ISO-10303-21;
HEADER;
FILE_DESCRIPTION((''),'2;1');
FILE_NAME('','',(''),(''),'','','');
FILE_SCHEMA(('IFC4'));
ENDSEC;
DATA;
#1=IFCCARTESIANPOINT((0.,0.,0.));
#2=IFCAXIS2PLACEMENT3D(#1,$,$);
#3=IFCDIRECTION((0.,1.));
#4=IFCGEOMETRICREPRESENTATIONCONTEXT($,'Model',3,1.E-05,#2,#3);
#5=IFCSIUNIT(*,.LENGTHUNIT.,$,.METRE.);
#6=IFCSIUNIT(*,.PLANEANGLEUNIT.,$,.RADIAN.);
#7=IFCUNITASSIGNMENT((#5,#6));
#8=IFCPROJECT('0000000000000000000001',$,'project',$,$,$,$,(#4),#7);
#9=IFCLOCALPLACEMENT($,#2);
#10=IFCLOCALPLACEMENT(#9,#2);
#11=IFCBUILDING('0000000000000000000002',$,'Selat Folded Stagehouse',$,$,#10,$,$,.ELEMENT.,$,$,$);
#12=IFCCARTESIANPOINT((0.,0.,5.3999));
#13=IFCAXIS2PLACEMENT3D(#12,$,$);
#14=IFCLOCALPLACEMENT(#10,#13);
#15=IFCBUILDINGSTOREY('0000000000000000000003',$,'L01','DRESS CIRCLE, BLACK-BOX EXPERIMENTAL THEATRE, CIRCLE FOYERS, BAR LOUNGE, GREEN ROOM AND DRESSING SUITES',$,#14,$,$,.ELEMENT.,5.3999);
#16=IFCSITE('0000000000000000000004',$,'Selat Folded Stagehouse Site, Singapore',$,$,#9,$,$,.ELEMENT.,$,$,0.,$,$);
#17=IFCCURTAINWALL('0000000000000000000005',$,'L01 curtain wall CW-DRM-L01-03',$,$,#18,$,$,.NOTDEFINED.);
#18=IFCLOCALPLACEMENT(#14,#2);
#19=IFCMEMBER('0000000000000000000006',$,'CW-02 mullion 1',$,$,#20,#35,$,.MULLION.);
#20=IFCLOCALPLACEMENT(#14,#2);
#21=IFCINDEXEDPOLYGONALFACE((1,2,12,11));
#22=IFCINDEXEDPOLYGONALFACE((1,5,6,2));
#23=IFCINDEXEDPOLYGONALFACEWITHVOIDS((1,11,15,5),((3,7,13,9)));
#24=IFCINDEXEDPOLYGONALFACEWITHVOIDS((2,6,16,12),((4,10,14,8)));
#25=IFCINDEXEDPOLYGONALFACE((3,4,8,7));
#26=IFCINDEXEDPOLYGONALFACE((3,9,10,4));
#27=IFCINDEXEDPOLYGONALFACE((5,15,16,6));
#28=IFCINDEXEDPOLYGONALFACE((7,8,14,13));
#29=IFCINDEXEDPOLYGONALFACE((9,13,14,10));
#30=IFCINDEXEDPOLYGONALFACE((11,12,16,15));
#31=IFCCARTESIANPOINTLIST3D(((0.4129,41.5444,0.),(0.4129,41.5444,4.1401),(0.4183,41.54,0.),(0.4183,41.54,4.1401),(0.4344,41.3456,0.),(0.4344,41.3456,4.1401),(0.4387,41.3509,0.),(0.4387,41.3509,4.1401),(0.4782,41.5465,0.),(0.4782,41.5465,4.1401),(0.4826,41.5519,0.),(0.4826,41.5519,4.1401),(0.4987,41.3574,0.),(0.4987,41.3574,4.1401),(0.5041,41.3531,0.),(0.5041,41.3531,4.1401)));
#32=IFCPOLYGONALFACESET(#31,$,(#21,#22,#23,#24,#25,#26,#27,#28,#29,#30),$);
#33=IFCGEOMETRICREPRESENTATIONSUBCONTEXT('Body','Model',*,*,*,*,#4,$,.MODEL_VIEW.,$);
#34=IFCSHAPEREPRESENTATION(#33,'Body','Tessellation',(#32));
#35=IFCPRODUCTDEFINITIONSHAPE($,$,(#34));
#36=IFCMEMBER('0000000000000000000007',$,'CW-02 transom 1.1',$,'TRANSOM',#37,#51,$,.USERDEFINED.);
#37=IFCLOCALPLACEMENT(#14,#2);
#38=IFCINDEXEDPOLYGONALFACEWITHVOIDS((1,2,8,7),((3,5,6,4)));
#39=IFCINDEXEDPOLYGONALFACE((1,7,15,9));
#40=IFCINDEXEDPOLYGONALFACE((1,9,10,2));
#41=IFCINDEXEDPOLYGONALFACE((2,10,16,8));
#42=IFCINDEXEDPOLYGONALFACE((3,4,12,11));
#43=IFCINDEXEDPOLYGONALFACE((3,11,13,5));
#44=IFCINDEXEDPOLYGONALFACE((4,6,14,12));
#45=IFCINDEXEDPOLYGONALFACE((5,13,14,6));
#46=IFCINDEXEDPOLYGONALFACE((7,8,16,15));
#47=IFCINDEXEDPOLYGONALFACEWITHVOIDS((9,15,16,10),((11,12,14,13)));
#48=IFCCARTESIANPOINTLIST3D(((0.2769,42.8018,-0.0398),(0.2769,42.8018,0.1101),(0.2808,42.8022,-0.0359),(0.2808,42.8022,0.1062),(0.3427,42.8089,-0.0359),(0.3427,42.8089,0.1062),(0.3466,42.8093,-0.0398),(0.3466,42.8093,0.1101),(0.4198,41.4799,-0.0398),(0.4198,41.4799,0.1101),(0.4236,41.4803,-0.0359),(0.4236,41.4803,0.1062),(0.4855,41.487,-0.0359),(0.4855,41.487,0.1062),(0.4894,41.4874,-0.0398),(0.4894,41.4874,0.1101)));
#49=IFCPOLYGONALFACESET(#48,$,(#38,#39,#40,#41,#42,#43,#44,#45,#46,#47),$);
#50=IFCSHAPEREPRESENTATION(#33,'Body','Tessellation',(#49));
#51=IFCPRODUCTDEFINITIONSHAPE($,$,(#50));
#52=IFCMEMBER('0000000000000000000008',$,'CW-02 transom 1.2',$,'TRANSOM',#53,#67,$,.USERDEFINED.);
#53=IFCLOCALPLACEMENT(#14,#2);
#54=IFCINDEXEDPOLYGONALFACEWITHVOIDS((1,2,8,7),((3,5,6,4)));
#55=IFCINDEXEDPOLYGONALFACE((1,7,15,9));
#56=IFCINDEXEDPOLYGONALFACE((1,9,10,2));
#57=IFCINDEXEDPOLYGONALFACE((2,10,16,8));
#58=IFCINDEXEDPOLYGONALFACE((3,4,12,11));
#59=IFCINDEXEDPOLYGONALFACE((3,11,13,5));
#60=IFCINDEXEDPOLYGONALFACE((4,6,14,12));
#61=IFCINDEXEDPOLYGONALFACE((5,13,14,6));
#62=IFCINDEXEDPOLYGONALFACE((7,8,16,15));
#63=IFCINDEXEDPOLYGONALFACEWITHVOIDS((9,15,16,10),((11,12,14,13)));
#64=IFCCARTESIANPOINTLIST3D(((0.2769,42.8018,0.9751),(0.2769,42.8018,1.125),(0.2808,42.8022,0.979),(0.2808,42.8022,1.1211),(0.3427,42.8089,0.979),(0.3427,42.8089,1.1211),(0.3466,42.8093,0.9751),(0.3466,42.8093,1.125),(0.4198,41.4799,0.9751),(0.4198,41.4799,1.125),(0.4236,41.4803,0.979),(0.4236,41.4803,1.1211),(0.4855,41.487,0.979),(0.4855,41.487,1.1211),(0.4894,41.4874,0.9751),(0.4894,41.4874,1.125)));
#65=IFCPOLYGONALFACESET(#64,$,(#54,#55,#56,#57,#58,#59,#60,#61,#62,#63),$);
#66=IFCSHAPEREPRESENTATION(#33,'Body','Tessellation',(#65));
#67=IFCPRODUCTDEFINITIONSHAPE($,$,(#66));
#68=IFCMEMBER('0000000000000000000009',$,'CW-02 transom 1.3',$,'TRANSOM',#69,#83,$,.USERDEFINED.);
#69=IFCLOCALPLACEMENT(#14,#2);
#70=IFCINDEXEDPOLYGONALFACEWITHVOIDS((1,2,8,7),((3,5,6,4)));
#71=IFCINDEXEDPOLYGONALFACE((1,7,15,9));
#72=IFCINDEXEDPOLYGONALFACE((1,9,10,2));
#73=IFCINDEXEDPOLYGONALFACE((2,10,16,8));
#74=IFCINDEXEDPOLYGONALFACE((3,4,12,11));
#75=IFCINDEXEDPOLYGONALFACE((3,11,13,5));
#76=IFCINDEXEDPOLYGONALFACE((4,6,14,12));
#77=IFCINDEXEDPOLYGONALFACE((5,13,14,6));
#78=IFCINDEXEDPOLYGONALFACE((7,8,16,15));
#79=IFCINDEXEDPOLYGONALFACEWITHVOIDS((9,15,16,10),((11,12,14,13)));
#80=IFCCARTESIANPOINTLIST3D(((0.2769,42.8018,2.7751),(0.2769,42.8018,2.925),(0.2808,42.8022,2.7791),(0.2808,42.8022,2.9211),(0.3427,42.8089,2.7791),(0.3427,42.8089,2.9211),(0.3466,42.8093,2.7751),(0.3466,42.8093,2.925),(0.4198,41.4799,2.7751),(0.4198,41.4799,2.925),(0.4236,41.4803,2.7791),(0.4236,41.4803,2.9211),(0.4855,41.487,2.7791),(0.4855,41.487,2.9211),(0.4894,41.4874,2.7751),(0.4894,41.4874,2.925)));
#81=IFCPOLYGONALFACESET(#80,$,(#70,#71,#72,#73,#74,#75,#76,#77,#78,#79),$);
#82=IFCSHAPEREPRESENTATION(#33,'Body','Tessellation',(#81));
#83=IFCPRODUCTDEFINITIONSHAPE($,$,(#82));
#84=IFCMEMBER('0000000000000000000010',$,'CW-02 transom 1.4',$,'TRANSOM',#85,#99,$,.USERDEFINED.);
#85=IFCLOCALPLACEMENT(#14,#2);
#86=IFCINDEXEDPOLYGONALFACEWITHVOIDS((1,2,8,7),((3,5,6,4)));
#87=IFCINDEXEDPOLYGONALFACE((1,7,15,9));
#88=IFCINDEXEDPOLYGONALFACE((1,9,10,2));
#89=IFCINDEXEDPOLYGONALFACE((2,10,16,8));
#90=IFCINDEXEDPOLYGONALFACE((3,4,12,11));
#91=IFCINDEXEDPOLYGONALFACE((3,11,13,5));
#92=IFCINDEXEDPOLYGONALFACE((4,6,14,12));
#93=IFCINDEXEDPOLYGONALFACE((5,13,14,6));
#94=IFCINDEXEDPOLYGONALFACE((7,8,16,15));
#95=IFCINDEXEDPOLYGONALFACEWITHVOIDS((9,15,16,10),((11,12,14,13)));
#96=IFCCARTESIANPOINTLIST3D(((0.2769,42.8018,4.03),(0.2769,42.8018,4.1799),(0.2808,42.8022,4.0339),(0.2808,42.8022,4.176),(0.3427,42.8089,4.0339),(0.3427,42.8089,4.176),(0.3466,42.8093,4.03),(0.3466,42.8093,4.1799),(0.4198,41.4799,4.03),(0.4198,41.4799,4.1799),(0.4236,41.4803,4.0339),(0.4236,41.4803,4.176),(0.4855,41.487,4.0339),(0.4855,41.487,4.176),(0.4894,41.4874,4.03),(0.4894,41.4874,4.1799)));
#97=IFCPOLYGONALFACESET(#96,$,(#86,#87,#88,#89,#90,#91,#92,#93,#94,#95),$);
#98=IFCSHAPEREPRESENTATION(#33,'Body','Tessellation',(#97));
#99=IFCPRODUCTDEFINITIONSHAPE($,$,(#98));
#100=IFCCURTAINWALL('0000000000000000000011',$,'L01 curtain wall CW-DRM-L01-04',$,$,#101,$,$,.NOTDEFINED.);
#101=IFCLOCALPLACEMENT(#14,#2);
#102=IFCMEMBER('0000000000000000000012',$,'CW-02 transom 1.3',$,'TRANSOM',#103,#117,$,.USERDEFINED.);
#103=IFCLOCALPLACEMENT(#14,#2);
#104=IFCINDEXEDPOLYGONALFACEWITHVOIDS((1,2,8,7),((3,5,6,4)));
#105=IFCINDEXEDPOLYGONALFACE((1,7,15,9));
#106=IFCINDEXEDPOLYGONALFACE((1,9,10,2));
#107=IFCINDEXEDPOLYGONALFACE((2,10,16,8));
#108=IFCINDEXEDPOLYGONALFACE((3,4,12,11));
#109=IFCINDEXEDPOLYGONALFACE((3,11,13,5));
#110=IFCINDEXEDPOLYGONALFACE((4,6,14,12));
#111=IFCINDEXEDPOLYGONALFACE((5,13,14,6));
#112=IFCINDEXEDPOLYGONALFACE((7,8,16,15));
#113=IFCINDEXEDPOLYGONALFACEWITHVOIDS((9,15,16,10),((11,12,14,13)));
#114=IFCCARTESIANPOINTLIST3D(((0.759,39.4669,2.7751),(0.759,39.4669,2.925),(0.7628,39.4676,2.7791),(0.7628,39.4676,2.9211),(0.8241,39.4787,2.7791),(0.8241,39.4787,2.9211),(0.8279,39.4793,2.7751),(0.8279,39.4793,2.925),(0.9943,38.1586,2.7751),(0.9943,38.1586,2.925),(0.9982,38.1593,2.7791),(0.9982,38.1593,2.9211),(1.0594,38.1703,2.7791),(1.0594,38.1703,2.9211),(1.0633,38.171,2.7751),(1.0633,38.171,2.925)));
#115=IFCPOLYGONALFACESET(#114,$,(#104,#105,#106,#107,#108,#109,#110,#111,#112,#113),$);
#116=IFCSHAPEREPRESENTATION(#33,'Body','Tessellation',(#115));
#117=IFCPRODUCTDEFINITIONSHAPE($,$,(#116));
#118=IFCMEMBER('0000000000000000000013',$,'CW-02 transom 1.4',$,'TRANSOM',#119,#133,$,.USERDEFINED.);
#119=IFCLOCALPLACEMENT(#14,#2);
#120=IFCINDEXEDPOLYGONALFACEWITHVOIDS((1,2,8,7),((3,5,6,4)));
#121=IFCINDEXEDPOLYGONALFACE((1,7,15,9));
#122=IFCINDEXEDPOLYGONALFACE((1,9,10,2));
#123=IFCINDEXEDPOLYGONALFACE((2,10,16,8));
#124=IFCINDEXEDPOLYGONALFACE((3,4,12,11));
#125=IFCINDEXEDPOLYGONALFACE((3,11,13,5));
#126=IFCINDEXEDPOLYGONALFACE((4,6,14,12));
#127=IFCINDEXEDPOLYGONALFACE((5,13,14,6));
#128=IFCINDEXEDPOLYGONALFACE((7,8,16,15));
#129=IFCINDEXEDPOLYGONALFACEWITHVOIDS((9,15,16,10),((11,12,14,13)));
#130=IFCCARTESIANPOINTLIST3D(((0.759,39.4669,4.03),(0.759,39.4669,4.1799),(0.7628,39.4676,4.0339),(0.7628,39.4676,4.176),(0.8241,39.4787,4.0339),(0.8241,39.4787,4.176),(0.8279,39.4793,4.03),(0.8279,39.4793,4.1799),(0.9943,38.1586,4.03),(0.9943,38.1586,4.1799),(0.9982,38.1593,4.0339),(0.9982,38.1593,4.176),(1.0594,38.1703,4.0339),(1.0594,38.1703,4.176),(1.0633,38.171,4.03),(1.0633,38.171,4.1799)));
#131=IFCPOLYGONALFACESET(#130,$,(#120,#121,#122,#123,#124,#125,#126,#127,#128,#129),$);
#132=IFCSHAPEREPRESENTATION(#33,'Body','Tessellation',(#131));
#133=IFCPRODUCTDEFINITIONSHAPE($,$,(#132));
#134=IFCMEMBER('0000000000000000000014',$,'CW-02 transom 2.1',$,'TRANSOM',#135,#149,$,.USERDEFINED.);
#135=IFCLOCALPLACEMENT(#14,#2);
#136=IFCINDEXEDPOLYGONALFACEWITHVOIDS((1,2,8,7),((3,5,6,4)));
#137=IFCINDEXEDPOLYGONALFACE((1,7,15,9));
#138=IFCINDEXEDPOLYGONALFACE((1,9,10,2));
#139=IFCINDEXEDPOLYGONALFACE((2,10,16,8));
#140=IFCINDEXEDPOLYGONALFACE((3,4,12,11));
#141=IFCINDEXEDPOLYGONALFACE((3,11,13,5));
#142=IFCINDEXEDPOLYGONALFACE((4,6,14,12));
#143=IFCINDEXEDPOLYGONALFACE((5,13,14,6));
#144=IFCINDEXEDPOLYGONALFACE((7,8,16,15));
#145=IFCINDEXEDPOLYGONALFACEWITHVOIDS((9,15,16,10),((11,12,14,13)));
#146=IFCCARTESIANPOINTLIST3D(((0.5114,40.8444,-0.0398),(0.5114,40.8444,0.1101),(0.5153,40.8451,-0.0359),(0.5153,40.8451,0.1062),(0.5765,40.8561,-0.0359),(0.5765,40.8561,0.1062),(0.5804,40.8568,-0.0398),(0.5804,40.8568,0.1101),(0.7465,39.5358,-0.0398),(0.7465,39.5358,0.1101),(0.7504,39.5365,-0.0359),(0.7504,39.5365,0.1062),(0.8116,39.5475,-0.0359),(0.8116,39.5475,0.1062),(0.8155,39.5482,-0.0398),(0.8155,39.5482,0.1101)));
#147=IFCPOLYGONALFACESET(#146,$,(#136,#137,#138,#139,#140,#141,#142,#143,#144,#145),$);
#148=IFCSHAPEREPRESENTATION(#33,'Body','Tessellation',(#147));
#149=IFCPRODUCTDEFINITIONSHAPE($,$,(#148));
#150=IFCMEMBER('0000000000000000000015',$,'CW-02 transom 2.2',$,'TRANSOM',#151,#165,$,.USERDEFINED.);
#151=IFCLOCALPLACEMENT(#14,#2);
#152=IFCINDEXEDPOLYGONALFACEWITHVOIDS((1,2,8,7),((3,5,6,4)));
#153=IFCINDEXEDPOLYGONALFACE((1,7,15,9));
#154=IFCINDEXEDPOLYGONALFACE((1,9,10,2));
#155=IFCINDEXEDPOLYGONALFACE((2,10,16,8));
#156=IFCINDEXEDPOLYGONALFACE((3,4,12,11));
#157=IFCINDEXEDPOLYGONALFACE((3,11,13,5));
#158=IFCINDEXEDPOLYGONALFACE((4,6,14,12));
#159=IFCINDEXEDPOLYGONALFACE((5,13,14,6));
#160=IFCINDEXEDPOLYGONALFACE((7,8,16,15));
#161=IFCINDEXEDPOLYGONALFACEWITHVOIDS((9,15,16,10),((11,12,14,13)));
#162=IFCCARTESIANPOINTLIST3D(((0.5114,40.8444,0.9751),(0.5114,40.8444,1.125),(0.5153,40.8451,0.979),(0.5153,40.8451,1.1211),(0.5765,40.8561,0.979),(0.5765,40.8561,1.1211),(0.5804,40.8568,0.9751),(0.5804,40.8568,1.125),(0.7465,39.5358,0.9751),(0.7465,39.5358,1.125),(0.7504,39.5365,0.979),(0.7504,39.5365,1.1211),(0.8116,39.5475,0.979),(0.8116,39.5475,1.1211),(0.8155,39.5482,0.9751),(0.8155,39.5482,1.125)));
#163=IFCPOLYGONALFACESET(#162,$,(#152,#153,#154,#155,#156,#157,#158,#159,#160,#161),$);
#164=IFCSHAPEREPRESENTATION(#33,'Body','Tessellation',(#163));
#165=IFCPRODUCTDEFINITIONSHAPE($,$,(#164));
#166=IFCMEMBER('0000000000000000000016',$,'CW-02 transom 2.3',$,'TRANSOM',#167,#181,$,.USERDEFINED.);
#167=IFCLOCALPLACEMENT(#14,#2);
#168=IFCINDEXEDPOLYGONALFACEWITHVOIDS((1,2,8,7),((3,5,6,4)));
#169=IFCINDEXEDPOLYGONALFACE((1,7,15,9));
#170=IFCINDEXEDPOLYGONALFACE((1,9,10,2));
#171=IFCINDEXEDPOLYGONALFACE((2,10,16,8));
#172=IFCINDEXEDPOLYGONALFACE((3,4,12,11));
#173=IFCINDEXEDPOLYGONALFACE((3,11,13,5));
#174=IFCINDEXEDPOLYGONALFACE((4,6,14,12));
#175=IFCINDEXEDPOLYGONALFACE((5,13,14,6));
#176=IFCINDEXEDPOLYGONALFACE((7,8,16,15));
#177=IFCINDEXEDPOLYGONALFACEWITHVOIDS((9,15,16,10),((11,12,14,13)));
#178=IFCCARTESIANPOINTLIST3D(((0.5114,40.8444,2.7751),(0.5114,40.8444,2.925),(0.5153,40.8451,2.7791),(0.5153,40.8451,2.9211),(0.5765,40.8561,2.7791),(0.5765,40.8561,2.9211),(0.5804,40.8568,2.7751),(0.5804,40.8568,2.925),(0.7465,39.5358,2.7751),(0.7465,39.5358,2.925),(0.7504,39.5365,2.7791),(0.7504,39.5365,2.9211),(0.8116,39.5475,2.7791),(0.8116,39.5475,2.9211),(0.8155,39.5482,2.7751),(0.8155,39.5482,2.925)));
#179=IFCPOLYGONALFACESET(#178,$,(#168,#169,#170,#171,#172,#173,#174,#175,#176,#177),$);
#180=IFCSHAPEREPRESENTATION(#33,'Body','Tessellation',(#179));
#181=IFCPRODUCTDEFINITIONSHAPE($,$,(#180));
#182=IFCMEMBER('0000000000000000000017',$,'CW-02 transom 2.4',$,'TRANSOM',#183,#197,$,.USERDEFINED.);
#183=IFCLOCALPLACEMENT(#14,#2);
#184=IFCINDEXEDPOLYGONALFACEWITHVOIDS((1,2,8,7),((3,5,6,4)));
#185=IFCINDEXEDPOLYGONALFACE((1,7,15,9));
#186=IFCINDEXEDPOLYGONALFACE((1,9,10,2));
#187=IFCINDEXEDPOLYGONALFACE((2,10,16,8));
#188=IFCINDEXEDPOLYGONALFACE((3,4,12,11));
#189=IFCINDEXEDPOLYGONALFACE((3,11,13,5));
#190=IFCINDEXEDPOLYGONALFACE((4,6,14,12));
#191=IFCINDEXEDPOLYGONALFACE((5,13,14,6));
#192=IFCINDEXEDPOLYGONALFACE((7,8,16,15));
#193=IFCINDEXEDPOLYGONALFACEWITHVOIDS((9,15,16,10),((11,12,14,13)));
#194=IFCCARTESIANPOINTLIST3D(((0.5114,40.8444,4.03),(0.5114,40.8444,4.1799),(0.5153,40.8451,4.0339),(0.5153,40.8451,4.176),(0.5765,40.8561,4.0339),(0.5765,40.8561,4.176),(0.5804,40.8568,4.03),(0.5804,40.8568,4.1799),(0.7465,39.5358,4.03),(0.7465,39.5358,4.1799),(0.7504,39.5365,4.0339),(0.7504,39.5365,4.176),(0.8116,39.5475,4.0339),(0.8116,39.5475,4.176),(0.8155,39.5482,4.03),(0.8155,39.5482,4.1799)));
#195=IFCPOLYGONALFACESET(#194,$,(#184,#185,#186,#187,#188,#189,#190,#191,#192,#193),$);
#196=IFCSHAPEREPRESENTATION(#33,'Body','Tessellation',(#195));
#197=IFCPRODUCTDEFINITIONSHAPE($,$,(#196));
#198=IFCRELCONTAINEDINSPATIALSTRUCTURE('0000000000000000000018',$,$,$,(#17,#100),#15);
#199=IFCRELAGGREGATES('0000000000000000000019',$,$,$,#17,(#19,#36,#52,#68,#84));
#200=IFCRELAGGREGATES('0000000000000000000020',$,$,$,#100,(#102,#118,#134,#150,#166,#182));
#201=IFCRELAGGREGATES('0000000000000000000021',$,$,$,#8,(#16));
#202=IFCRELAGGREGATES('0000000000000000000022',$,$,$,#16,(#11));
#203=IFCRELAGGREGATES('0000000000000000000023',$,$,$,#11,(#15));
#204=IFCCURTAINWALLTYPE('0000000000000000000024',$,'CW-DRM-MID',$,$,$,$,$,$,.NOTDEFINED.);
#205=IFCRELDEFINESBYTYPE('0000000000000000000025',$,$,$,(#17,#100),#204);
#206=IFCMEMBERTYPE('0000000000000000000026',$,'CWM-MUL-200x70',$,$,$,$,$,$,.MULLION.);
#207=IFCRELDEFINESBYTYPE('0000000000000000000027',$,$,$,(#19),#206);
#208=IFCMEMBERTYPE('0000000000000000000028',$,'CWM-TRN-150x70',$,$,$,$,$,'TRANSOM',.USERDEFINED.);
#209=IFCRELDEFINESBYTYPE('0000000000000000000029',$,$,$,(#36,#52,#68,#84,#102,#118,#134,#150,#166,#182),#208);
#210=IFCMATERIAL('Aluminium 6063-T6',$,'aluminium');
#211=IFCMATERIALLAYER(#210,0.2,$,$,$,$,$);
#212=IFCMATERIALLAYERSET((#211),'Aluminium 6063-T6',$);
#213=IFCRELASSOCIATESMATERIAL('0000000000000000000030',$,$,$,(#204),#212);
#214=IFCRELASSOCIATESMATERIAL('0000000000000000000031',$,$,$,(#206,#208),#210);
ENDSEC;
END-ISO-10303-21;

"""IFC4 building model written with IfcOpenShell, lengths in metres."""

from ifc_helpers import new_model, si_unit, direction, frame, origin, origin_2d, place, context, subcontext, project, spatial, hollow_rectangle, extrude, material, layer, layer_set, material_profile, profile_set, type_object, element, aggregate, save


model = new_model("IFC4")

# Units and contexts
model_context = context("Model", 3, precision=1e-05, world=origin(), true_north=direction((0.0, 1.0)))
body_context = subcontext(model_context, "Body", "Model", "MODEL_VIEW")
ifc_project = project(units=[si_unit("LENGTHUNIT", "METRE"), si_unit("PLANEANGLEUNIT", "RADIAN")], contexts=[model_context])

# Site, building, storey
site_placement = place(None, origin())
site = spatial("IfcSite", under=ifc_project, at=site_placement, Name="Selat Folded Stagehouse Site, Singapore", CompositionType="ELEMENT", RefElevation=0.0)
building_placement = place(site_placement, origin())
building = spatial("IfcBuilding", under=site, at=building_placement, Name="Selat Folded Stagehouse", CompositionType="ELEMENT")
storey_placement = place(building_placement, frame((0.0, 0.0, 5.3999)))
storey = spatial("IfcBuildingStorey", under=building, at=storey_placement, Name="L01", Description="DRESS CIRCLE, BLACK-BOX EXPERIMENTAL THEATRE, CIRCLE FOYERS, BAR LOUNGE, GREEN ROOM AND DRESSING SUITES", CompositionType="ELEMENT", Elevation=5.3999)

# Curtain walls, members
ifc_material_1 = material(Name="Aluminium 6063-T6", Category="aluminium")
ifc_layer_1 = layer(ifc_material_1, 0.2)
ifc_layer_set_1 = layer_set([ifc_layer_1], Name="Aluminium 6063-T6")
curtain_wall_type = type_object("IfcCurtainWallType", Name="CW-DRM-MID", PredefinedType="NOTDEFINED", material=ifc_layer_set_1)
curtain_wall_1_placement = place(storey_placement, origin())
curtain_wall_1 = element("IfcCurtainWall", 1, at=curtain_wall_1_placement, inside=storey, type_object=curtain_wall_type, Name="L01 curtain wall CW-DRM-L01-03", PredefinedType="NOTDEFINED")
ifc_material_profile_1 = material_profile(ifc_material_1, hollow_rectangle(XDim=0.0701, YDim=0.2, WallThickness=0.0049, at=origin_2d()), Name="ALU 200x70x5.0")
ifc_profile_set_1 = profile_set([ifc_material_profile_1], Name="Aluminium 6063-T6")
member_type_1 = type_object("IfcMemberType", Name="CWM-MUL-200x70", PredefinedType="MULLION", material=ifc_profile_set_1)
member_1_placement = place(storey_placement, frame((0.4585, 41.4487, 0.0), z_axis=(0.0, 0.0, 1.0), x_axis=(-0.994199, -0.107558, 0.0)))
member_1 = element("IfcMember", 2, at=member_1_placement, type_object=member_type_1, Name="CW-02 mullion 1", PredefinedType="MULLION", context=body_context, shape_type="SweptSolid", body=[
    extrude(hollow_rectangle(XDim=0.0701, YDim=0.2, WallThickness=0.0049, at=origin_2d()), origin(), (0.0, 0.0, 1.0), 4.1401),
])
ifc_material_profile_2 = material_profile(ifc_material_1, hollow_rectangle(XDim=0.0701, YDim=0.1499, WallThickness=0.0039, at=origin_2d()), Name="ALU 150x70x4.0")
ifc_profile_set_2 = profile_set([ifc_material_profile_2], Name="Aluminium 6063-T6")
member_type_2 = type_object("IfcMemberType", Name="CWM-TRN-150x70", ElementType="TRANSOM", PredefinedType="USERDEFINED", material=ifc_profile_set_2)
member_2_placement = place(storey_placement, frame((0.4546, 41.4836, 0.0352), z_axis=(-0.107428, 0.994213, 0.0), x_axis=(-0.994213, -0.107428, 0.0)))
member_2 = element("IfcMember", 3, at=member_2_placement, type_object=member_type_2, Name="CW-02 transom 1.1", ObjectType="TRANSOM", PredefinedType="USERDEFINED", context=body_context, shape_type="SweptSolid", body=[
    extrude(hollow_rectangle(XDim=0.0701, YDim=0.1499, WallThickness=0.0039, at=origin_2d()), origin(), (0.0, 0.0, 1.0), 1.3296),
])
member_3_placement = place(storey_placement, frame((0.4546, 41.4836, 1.05), z_axis=(-0.107428, 0.994213, 0.0), x_axis=(-0.994213, -0.107428, 0.0)))
member_3 = element("IfcMember", 4, at=member_3_placement, type_object=member_type_2, Name="CW-02 transom 1.2", ObjectType="TRANSOM", PredefinedType="USERDEFINED", context=body_context, shape_type="SweptSolid", body=[
    extrude(hollow_rectangle(XDim=0.0701, YDim=0.1499, WallThickness=0.0039, at=origin_2d()), origin(), (0.0, 0.0, 1.0), 1.3296),
])
member_4_placement = place(storey_placement, frame((0.4546, 41.4836, 2.8501), z_axis=(-0.107428, 0.994213, 0.0), x_axis=(-0.994213, -0.107428, 0.0)))
member_4 = element("IfcMember", 5, at=member_4_placement, type_object=member_type_2, Name="CW-02 transom 1.3", ObjectType="TRANSOM", PredefinedType="USERDEFINED", context=body_context, shape_type="SweptSolid", body=[
    extrude(hollow_rectangle(XDim=0.0701, YDim=0.1499, WallThickness=0.0039, at=origin_2d()), origin(), (0.0, 0.0, 1.0), 1.3296),
])
member_5_placement = place(storey_placement, frame((0.4546, 41.4836, 4.105), z_axis=(-0.107428, 0.994213, 0.0), x_axis=(-0.994213, -0.107428, 0.0)))
member_5 = element("IfcMember", 6, at=member_5_placement, type_object=member_type_2, Name="CW-02 transom 1.4", ObjectType="TRANSOM", PredefinedType="USERDEFINED", context=body_context, shape_type="SweptSolid", body=[
    extrude(hollow_rectangle(XDim=0.0701, YDim=0.1499, WallThickness=0.0039, at=origin_2d()), origin(), (0.0, 0.0, 1.0), 1.3296),
])
curtain_wall_2_placement = place(storey_placement, origin())
curtain_wall_2 = element("IfcCurtainWall", 7, at=curtain_wall_2_placement, inside=storey, type_object=curtain_wall_type, Name="L01 curtain wall CW-DRM-L01-04", PredefinedType="NOTDEFINED")
member_6_placement = place(storey_placement, frame((1.0288, 38.1648, 2.8501), z_axis=(-0.177043, 0.984203, 0.0), x_axis=(-0.984203, -0.177043, 0.0)))
member_6 = element("IfcMember", 8, at=member_6_placement, type_object=member_type_2, Name="CW-02 transom 1.3", ObjectType="TRANSOM", PredefinedType="USERDEFINED", context=body_context, shape_type="SweptSolid", body=[
    extrude(hollow_rectangle(XDim=0.0701, YDim=0.1499, WallThickness=0.0039, at=origin_2d()), origin(), (0.0, 0.0, 1.0), 1.3293),
])
member_7_placement = place(storey_placement, frame((1.0288, 38.1648, 4.105), z_axis=(-0.177043, 0.984203, 0.0), x_axis=(-0.984203, -0.177043, 0.0)))
member_7 = element("IfcMember", 9, at=member_7_placement, type_object=member_type_2, Name="CW-02 transom 1.4", ObjectType="TRANSOM", PredefinedType="USERDEFINED", context=body_context, shape_type="SweptSolid", body=[
    extrude(hollow_rectangle(XDim=0.0701, YDim=0.1499, WallThickness=0.0039, at=origin_2d()), origin(), (0.0, 0.0, 1.0), 1.3293),
])
member_8_placement = place(storey_placement, frame((0.781, 39.542, 0.0352), z_axis=(-0.176833, 0.984241, 0.0), x_axis=(-0.984241, -0.176833, 0.0)))
member_8 = element("IfcMember", 10, at=member_8_placement, type_object=member_type_2, Name="CW-02 transom 2.1", ObjectType="TRANSOM", PredefinedType="USERDEFINED", context=body_context, shape_type="SweptSolid", body=[
    extrude(hollow_rectangle(XDim=0.0701, YDim=0.1499, WallThickness=0.0039, at=origin_2d()), origin(), (0.0, 0.0, 1.0), 1.3296),
])
member_9_placement = place(storey_placement, frame((0.781, 39.542, 1.05), z_axis=(-0.176833, 0.984241, 0.0), x_axis=(-0.984241, -0.176833, 0.0)))
member_9 = element("IfcMember", 11, at=member_9_placement, type_object=member_type_2, Name="CW-02 transom 2.2", ObjectType="TRANSOM", PredefinedType="USERDEFINED", context=body_context, shape_type="SweptSolid", body=[
    extrude(hollow_rectangle(XDim=0.0701, YDim=0.1499, WallThickness=0.0039, at=origin_2d()), origin(), (0.0, 0.0, 1.0), 1.3296),
])
member_10_placement = place(storey_placement, frame((0.781, 39.542, 2.8501), z_axis=(-0.176833, 0.984241, 0.0), x_axis=(-0.984241, -0.176833, 0.0)))
member_10 = element("IfcMember", 12, at=member_10_placement, type_object=member_type_2, Name="CW-02 transom 2.3", ObjectType="TRANSOM", PredefinedType="USERDEFINED", context=body_context, shape_type="SweptSolid", body=[
    extrude(hollow_rectangle(XDim=0.0701, YDim=0.1499, WallThickness=0.0039, at=origin_2d()), origin(), (0.0, 0.0, 1.0), 1.3296),
])
member_11_placement = place(storey_placement, frame((0.781, 39.542, 4.105), z_axis=(-0.176833, 0.984241, 0.0), x_axis=(-0.984241, -0.176833, 0.0)))
member_11 = element("IfcMember", 13, at=member_11_placement, type_object=member_type_2, Name="CW-02 transom 2.4", ObjectType="TRANSOM", PredefinedType="USERDEFINED", context=body_context, shape_type="SweptSolid", body=[
    extrude(hollow_rectangle(XDim=0.0701, YDim=0.1499, WallThickness=0.0039, at=origin_2d()), origin(), (0.0, 0.0, 1.0), 1.3296),
])

aggregate(curtain_wall_1, [member_1, member_2, member_3, member_4, member_5])
aggregate(curtain_wall_2, [member_6, member_7, member_8, member_9, member_10, member_11])

save(model, "model.ifc")
